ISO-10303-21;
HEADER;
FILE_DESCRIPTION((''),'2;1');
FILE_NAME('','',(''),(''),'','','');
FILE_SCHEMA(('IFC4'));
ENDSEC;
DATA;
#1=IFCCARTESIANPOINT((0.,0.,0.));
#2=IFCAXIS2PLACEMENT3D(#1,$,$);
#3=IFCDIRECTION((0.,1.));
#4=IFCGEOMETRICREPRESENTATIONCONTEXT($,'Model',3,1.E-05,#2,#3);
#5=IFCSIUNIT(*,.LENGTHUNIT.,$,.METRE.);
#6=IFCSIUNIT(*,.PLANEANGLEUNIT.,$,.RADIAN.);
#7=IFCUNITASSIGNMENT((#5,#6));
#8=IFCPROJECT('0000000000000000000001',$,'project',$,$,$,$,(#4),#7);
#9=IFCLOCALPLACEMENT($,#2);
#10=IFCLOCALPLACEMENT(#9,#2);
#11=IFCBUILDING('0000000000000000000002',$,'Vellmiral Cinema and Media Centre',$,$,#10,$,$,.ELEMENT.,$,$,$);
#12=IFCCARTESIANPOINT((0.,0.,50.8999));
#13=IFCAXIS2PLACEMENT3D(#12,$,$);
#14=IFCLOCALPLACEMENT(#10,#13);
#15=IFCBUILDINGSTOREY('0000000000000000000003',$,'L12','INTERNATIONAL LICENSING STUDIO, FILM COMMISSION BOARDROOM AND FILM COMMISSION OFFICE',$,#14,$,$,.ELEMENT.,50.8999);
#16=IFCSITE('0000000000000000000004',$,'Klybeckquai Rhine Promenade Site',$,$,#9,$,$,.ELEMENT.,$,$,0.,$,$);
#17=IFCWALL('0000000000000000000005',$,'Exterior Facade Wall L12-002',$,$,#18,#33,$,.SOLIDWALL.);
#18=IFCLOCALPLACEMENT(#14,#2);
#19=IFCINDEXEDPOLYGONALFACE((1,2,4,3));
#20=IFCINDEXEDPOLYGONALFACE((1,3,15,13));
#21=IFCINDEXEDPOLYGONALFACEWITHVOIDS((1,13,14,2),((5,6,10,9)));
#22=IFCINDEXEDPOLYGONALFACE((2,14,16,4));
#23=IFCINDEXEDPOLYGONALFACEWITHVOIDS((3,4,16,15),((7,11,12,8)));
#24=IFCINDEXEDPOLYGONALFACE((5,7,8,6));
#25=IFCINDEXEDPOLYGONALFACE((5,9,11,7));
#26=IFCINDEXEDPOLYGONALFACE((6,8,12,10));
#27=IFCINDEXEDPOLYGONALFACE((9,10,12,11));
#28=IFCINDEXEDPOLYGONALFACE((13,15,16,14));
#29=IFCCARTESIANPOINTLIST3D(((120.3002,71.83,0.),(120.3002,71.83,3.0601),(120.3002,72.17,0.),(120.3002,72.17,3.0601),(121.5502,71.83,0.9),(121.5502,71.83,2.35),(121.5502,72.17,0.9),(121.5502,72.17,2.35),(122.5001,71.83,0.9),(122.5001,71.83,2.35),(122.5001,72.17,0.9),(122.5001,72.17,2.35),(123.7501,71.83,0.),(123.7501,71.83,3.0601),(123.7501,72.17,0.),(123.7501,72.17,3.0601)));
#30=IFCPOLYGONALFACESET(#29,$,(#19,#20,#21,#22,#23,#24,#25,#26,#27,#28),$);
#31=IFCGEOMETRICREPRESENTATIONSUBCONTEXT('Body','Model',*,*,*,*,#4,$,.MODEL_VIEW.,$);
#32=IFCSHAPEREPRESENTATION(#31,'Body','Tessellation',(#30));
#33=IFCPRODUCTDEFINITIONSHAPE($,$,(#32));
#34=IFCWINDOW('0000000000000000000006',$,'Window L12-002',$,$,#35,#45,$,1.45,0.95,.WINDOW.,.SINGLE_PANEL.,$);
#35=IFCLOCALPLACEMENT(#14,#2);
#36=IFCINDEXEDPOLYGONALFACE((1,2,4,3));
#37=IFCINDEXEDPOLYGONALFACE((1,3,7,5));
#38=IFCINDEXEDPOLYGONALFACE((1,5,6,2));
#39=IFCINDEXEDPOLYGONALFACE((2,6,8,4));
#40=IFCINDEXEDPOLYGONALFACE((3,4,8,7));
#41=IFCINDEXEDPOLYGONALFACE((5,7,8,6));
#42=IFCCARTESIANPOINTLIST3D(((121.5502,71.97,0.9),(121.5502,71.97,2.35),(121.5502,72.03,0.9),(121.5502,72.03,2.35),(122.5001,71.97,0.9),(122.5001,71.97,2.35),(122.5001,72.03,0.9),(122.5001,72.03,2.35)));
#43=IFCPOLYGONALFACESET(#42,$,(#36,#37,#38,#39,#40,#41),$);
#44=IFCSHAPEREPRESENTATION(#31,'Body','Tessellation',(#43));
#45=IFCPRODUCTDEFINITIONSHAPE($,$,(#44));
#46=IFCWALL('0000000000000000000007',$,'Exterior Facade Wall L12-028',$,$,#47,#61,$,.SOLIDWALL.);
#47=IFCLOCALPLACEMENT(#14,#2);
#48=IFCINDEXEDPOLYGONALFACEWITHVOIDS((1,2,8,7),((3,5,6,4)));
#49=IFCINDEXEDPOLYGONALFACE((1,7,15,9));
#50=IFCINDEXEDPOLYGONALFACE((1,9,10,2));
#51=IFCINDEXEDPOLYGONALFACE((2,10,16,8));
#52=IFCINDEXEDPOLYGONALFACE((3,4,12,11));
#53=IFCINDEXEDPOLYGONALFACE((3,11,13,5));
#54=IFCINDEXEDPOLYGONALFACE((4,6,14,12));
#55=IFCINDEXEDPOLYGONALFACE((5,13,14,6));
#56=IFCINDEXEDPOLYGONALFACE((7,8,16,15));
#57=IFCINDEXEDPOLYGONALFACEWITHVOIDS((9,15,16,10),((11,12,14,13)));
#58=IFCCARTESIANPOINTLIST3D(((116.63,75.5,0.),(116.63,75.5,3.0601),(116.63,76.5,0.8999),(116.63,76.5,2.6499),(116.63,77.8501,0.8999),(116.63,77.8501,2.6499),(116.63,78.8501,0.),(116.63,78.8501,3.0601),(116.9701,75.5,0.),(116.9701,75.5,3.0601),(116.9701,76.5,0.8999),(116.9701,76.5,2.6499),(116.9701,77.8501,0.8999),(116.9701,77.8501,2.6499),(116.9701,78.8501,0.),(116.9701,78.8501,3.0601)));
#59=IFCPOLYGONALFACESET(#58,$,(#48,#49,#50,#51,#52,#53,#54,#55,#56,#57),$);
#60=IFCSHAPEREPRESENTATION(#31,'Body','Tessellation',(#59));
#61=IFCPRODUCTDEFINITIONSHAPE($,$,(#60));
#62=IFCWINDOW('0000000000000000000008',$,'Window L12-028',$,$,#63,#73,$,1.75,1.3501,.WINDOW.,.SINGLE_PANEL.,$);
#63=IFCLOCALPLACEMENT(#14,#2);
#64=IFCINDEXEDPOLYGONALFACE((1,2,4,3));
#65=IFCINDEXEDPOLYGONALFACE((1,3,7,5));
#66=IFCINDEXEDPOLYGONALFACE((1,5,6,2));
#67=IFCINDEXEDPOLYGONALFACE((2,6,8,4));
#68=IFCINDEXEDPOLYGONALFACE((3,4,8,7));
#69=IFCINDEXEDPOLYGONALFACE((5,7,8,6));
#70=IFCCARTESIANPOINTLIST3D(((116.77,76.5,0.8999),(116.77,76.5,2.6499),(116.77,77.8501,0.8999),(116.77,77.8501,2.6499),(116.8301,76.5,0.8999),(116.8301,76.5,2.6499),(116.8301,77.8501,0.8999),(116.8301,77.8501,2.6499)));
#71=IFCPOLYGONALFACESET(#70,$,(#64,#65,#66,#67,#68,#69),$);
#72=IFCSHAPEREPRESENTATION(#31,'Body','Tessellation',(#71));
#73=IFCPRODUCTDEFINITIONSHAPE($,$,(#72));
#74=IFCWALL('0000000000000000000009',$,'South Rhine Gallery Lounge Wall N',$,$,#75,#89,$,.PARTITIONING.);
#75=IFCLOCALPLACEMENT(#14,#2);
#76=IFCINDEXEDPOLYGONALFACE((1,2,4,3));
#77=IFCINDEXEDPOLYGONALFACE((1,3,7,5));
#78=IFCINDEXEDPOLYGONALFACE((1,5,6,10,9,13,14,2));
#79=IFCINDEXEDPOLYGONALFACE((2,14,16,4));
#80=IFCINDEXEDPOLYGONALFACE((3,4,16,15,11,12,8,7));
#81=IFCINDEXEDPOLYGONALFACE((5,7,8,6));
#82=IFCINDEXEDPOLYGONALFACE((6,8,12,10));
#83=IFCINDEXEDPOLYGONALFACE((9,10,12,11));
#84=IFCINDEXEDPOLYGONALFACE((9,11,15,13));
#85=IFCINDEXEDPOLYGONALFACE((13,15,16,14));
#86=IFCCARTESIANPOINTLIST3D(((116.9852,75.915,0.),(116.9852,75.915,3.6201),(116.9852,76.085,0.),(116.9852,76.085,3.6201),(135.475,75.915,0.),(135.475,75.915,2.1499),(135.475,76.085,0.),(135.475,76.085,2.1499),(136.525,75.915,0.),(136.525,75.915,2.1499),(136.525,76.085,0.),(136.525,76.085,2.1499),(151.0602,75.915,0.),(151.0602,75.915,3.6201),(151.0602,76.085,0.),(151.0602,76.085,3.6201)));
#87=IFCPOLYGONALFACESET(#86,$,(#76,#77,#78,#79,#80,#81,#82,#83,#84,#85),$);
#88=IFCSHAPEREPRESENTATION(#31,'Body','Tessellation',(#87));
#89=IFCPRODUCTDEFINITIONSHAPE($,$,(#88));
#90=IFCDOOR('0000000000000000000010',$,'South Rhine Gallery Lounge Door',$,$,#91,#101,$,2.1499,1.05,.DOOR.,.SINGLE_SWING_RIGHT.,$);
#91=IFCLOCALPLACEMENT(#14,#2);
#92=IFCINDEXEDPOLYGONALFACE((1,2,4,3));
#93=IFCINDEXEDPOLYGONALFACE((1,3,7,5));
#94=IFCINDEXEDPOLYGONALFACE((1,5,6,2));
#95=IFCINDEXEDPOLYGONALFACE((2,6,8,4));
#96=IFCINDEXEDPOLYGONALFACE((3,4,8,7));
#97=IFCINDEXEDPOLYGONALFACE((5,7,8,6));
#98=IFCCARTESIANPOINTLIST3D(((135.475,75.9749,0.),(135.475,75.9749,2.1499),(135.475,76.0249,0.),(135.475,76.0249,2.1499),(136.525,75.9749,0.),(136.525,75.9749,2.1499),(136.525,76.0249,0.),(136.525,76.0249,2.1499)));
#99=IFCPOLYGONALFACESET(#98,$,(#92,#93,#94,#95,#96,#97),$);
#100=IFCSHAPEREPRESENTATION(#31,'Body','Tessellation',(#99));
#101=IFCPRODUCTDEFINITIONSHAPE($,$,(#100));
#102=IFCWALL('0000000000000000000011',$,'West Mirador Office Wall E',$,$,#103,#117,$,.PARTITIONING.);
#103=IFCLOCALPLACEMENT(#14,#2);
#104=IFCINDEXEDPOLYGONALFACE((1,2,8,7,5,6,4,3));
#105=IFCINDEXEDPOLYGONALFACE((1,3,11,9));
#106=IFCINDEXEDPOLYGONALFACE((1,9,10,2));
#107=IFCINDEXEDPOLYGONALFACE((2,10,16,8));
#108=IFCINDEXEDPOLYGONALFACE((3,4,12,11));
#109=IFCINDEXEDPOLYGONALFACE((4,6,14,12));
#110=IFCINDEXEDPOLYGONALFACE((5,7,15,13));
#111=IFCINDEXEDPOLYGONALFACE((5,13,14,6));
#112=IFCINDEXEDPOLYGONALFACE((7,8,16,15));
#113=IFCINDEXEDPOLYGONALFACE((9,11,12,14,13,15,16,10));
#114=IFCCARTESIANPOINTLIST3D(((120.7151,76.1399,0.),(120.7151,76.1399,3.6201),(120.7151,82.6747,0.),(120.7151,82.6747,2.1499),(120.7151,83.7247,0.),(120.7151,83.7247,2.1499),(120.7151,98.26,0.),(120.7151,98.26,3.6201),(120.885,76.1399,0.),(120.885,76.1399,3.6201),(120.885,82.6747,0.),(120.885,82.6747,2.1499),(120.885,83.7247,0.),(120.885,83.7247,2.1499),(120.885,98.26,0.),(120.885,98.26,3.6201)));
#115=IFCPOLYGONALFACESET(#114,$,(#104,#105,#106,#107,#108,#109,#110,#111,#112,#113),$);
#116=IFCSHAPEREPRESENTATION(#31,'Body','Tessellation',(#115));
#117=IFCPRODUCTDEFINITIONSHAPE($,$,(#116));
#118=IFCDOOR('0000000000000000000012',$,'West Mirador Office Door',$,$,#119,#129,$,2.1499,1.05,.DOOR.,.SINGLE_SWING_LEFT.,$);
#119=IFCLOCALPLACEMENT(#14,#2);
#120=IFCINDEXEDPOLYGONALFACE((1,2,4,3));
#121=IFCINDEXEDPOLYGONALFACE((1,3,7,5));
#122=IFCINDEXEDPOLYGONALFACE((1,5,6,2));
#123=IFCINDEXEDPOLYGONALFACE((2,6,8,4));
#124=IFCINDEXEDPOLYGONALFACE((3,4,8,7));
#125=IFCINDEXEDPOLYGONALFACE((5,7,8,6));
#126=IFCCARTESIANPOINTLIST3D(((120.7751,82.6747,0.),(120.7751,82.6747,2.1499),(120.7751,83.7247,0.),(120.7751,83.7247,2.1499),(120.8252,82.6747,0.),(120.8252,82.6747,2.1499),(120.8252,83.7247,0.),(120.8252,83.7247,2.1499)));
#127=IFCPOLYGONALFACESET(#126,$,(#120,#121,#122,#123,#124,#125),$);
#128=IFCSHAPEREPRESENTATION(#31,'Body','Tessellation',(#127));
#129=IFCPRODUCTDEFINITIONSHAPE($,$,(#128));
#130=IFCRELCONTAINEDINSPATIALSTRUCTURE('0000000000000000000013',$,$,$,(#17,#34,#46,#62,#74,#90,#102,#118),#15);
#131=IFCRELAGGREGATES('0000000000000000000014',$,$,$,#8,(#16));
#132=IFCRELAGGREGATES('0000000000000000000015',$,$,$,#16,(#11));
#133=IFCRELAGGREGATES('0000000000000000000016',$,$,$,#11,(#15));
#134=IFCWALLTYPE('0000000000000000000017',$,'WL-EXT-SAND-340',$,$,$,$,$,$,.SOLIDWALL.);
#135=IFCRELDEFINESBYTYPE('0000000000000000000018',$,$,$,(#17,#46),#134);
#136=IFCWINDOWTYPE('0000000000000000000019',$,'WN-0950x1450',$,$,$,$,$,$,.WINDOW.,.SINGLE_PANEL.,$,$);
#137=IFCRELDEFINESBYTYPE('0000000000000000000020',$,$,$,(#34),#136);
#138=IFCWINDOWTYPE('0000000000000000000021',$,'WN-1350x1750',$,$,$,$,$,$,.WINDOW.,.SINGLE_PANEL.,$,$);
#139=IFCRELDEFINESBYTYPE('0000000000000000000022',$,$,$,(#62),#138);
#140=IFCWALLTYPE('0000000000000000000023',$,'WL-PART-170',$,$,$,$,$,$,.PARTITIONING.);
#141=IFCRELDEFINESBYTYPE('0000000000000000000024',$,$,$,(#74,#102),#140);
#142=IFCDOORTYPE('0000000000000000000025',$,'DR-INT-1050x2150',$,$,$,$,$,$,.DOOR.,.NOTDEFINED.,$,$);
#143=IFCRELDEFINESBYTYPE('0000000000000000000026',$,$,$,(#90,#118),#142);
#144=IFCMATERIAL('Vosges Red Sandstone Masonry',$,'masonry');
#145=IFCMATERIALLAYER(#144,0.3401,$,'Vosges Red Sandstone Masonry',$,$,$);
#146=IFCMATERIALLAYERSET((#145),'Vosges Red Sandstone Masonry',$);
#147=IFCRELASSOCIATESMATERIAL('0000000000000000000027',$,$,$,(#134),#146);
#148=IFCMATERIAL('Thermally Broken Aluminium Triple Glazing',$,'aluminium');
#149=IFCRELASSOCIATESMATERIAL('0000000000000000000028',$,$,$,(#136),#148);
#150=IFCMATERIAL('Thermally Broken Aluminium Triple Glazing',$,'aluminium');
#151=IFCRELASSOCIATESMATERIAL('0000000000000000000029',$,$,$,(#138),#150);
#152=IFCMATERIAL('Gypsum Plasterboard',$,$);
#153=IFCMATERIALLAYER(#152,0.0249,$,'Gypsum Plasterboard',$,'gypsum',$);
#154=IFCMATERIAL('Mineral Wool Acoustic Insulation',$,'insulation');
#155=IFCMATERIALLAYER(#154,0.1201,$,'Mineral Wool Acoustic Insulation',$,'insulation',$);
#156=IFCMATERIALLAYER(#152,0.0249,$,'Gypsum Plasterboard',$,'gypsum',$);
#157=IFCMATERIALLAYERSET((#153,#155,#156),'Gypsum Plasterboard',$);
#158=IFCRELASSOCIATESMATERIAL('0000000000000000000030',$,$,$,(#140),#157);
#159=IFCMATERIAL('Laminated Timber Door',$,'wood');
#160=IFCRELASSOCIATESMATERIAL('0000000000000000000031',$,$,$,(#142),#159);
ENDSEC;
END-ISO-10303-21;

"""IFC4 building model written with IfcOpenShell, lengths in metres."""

from ifc_helpers import new_model, si_unit, direction, frame, frame_2d, origin, place, context, subcontext, project, spatial, rectangle, extrude, material, layer, layer_set, type_object, element, fill, save


model = new_model("IFC4")

# Units and contexts
model_context = context("Model", 3, precision=1e-05, world=origin(), true_north=direction((0.0, 1.0)))
body_context = subcontext(model_context, "Body", "Model", "MODEL_VIEW")
ifc_project = project(units=[si_unit("LENGTHUNIT", "METRE"), si_unit("PLANEANGLEUNIT", "RADIAN")], contexts=[model_context])

# Site, building, storey
site_placement = place(None, origin())
site = spatial("IfcSite", under=ifc_project, at=site_placement, Name="Klybeckquai Rhine Promenade Site", CompositionType="ELEMENT", RefElevation=0.0)
building_placement = place(site_placement, origin())
building = spatial("IfcBuilding", under=site, at=building_placement, Name="Vellmiral Cinema and Media Centre", CompositionType="ELEMENT")
storey_placement = place(building_placement, frame((0.0, 0.0, 50.8999)))
storey = spatial("IfcBuildingStorey", under=building, at=storey_placement, Name="L12", Description="INTERNATIONAL LICENSING STUDIO, FILM COMMISSION BOARDROOM AND FILM COMMISSION OFFICE", CompositionType="ELEMENT", Elevation=50.8999)

# Walls, openings, windows
ifc_material_1 = material(Name="Vosges Red Sandstone Masonry", Category="masonry")
ifc_layer_1 = layer(ifc_material_1, 0.3401, Name="Vosges Red Sandstone Masonry")
ifc_layer_set_1 = layer_set([ifc_layer_1], Name="Vosges Red Sandstone Masonry")
wall_type_1 = type_object("IfcWallType", Name="WL-EXT-SAND-340", PredefinedType="SOLIDWALL", material=ifc_layer_set_1)
wall_1_placement = place(storey_placement, frame((120.3, 72.0, 0.0), z_axis=(0.0, 0.0, 1.0), x_axis=(1.0, 0.0, 0.0)))
wall_1 = element("IfcWall", 1, at=wall_1_placement, inside=storey, type_object=wall_type_1, Name="Exterior Facade Wall L12-002", PredefinedType="SOLIDWALL", context=body_context, shape_type="SweptSolid", body=[
    extrude(rectangle(XDim=3.45, YDim=0.3401, at=frame_2d((1.7251, 0.0))), origin(), (0.0, 0.0, 1.0), 3.0601),
])
opening_1_placement = place(wall_1_placement, frame((1.25, 0.0, 0.8999)))
opening_1 = element("IfcOpeningElement", 2, at=opening_1_placement, cuts=wall_1, PredefinedType="OPENING", context=body_context, shape_type="SweptSolid", body=[
    extrude(rectangle(XDim=0.95, YDim=1.45, at=frame_2d((0.4751, 0.7251))), frame((0.0, 0.1821, 0.0), z_axis=(0.0, -1.0, 0.0), x_axis=(1.0, 0.0, 0.0)), (0.0, 0.0, 1.0), 0.364),
])
ifc_material_2 = material(Name="Thermally Broken Aluminium Triple Glazing", Category="aluminium")
window_type_1 = type_object("IfcWindowType", Name="WN-0950x1450", PartitioningType="SINGLE_PANEL", PredefinedType="WINDOW", material=ifc_material_2)
window_1_placement = place(opening_1_placement, origin())
window_1 = element("IfcWindow", 3, at=window_1_placement, inside=storey, type_object=window_type_1, Name="Window L12-002", OverallHeight=1.45, OverallWidth=0.95, PartitioningType="SINGLE_PANEL", PredefinedType="WINDOW", context=body_context, shape_type="SweptSolid", body=[
    extrude(rectangle(XDim=0.95, YDim=1.45, at=frame_2d((0.4751, 0.7251))), frame((0.0, 0.03, 0.0), z_axis=(0.0, -1.0, 0.0), x_axis=(1.0, 0.0, 0.0)), (0.0, 0.0, 1.0), 0.0601),
])
fill(opening_1, window_1)
wall_2_placement = place(storey_placement, frame((116.8, 78.8501, 0.0), z_axis=(0.0, 0.0, 1.0), x_axis=(0.0, -1.0, 0.0)))
wall_2 = element("IfcWall", 4, at=wall_2_placement, inside=storey, type_object=wall_type_1, Name="Exterior Facade Wall L12-028", PredefinedType="SOLIDWALL", context=body_context, shape_type="SweptSolid", body=[
    extrude(rectangle(XDim=3.3501, YDim=0.3401, at=frame_2d((1.675, 0.0))), origin(), (0.0, 0.0, 1.0), 3.0601),
])
opening_2_placement = place(wall_2_placement, frame((1.0, 0.0, 0.8999)))
opening_2 = element("IfcOpeningElement", 5, at=opening_2_placement, cuts=wall_2, PredefinedType="OPENING", context=body_context, shape_type="SweptSolid", body=[
    extrude(rectangle(XDim=1.3501, YDim=1.75, at=frame_2d((0.675, 0.875))), frame((0.0, 0.1821, 0.0), z_axis=(0.0, -1.0, 0.0), x_axis=(1.0, 0.0, 0.0)), (0.0, 0.0, 1.0), 0.364),
])
ifc_material_3 = material(Name="Thermally Broken Aluminium Triple Glazing", Category="aluminium")
window_type_2 = type_object("IfcWindowType", Name="WN-1350x1750", PartitioningType="SINGLE_PANEL", PredefinedType="WINDOW", material=ifc_material_3)
window_2_placement = place(opening_2_placement, origin())
window_2 = element("IfcWindow", 6, at=window_2_placement, inside=storey, type_object=window_type_2, Name="Window L12-028", OverallHeight=1.75, OverallWidth=1.3501, PartitioningType="SINGLE_PANEL", PredefinedType="WINDOW", context=body_context, shape_type="SweptSolid", body=[
    extrude(rectangle(XDim=1.3501, YDim=1.75, at=frame_2d((0.675, 0.875))), frame((0.0, 0.03, 0.0), z_axis=(0.0, -1.0, 0.0), x_axis=(1.0, 0.0, 0.0)), (0.0, 0.0, 1.0), 0.0601),
])
fill(opening_2, window_2)

# Walls, openings, doors
ifc_material_4 = material(Name="Gypsum Plasterboard")
ifc_layer_2 = layer(ifc_material_4, 0.0249, Name="Gypsum Plasterboard", Category="gypsum")
ifc_material_5 = material(Name="Mineral Wool Acoustic Insulation", Category="insulation")
ifc_layer_3 = layer(ifc_material_5, 0.1201, Name="Mineral Wool Acoustic Insulation", Category="insulation")
ifc_layer_4 = layer(ifc_material_4, 0.0249, Name="Gypsum Plasterboard", Category="gypsum")
ifc_layer_set_2 = layer_set([ifc_layer_2, ifc_layer_3, ifc_layer_4], Name="Gypsum Plasterboard")
wall_type_2 = type_object("IfcWallType", Name="WL-PART-170", PredefinedType="PARTITIONING", material=ifc_layer_set_2)
wall_3_placement = place(storey_placement, frame((116.9851, 76.0, 0.0), z_axis=(0.0, 0.0, 1.0), x_axis=(1.0, 0.0, 0.0)))
wall_3 = element("IfcWall", 7, at=wall_3_placement, inside=storey, type_object=wall_type_2, Name="South Rhine Gallery Lounge Wall N", PredefinedType="PARTITIONING", context=body_context, shape_type="SweptSolid", body=[
    extrude(rectangle(XDim=34.075, YDim=0.1699, at=frame_2d((17.0376, 0.0))), origin(), (0.0, 0.0, 1.0), 3.6201),
])
opening_3_placement = place(wall_3_placement, frame((18.49, 0.0, 0.0)))
opening_3 = element("IfcOpeningElement", 8, at=opening_3_placement, cuts=wall_3, PredefinedType="OPENING", context=body_context, shape_type="SweptSolid", body=[
    extrude(rectangle(XDim=1.05, YDim=2.1499, at=frame_2d((0.5249, 1.075))), frame((0.0, 0.0969, 0.0), z_axis=(0.0, -1.0, 0.0), x_axis=(1.0, 0.0, 0.0)), (0.0, 0.0, 1.0), 0.1938),
])
ifc_material_6 = material(Name="Laminated Timber Door", Category="wood")
door_type = type_object("IfcDoorType", Name="DR-INT-1050x2150", OperationType="NOTDEFINED", PredefinedType="DOOR", material=ifc_material_6)
door_1_placement = place(opening_3_placement, origin())
door_1 = element("IfcDoor", 9, at=door_1_placement, inside=storey, type_object=door_type, Name="South Rhine Gallery Lounge Door", OperationType="SINGLE_SWING_RIGHT", OverallHeight=2.1499, OverallWidth=1.05, PredefinedType="DOOR", context=body_context, shape_type="SweptSolid", body=[
    extrude(rectangle(XDim=1.05, YDim=2.1499, at=frame_2d((0.5249, 1.075))), frame((0.0, 0.0249, 0.0), z_axis=(0.0, -1.0, 0.0), x_axis=(1.0, 0.0, 0.0)), (0.0, 0.0, 1.0), 0.05),
])
fill(opening_3, door_1)
wall_4_placement = place(storey_placement, frame((120.8, 76.1399, 0.0), z_axis=(0.0, 0.0, 1.0), x_axis=(0.0, 1.0, 0.0)))
wall_4 = element("IfcWall", 10, at=wall_4_placement, inside=storey, type_object=wall_type_2, Name="West Mirador Office Wall E", PredefinedType="PARTITIONING", context=body_context, shape_type="SweptSolid", body=[
    extrude(rectangle(XDim=22.1201, YDim=0.1699, at=frame_2d((11.0601, 0.0))), origin(), (0.0, 0.0, 1.0), 3.6201),
])
opening_4_placement = place(wall_4_placement, frame((6.5349, 0.0, 0.0)))
opening_4 = element("IfcOpeningElement", 11, at=opening_4_placement, cuts=wall_4, PredefinedType="OPENING", context=body_context, shape_type="SweptSolid", body=[
    extrude(rectangle(XDim=1.05, YDim=2.1499, at=frame_2d((0.5249, 1.075))), frame((0.0, 0.0969, 0.0), z_axis=(0.0, -1.0, 0.0), x_axis=(1.0, 0.0, 0.0)), (0.0, 0.0, 1.0), 0.1938),
])
door_2_placement = place(opening_4_placement, origin())
door_2 = element("IfcDoor", 12, at=door_2_placement, inside=storey, type_object=door_type, Name="West Mirador Office Door", OperationType="SINGLE_SWING_LEFT", OverallHeight=2.1499, OverallWidth=1.05, PredefinedType="DOOR", context=body_context, shape_type="SweptSolid", body=[
    extrude(rectangle(XDim=1.05, YDim=2.1499, at=frame_2d((0.5249, 1.075))), frame((0.0, 0.0249, 0.0), z_axis=(0.0, -1.0, 0.0), x_axis=(1.0, 0.0, 0.0)), (0.0, 0.0, 1.0), 0.05),
])
fill(opening_4, door_2)

save(model, "model.ifc")
